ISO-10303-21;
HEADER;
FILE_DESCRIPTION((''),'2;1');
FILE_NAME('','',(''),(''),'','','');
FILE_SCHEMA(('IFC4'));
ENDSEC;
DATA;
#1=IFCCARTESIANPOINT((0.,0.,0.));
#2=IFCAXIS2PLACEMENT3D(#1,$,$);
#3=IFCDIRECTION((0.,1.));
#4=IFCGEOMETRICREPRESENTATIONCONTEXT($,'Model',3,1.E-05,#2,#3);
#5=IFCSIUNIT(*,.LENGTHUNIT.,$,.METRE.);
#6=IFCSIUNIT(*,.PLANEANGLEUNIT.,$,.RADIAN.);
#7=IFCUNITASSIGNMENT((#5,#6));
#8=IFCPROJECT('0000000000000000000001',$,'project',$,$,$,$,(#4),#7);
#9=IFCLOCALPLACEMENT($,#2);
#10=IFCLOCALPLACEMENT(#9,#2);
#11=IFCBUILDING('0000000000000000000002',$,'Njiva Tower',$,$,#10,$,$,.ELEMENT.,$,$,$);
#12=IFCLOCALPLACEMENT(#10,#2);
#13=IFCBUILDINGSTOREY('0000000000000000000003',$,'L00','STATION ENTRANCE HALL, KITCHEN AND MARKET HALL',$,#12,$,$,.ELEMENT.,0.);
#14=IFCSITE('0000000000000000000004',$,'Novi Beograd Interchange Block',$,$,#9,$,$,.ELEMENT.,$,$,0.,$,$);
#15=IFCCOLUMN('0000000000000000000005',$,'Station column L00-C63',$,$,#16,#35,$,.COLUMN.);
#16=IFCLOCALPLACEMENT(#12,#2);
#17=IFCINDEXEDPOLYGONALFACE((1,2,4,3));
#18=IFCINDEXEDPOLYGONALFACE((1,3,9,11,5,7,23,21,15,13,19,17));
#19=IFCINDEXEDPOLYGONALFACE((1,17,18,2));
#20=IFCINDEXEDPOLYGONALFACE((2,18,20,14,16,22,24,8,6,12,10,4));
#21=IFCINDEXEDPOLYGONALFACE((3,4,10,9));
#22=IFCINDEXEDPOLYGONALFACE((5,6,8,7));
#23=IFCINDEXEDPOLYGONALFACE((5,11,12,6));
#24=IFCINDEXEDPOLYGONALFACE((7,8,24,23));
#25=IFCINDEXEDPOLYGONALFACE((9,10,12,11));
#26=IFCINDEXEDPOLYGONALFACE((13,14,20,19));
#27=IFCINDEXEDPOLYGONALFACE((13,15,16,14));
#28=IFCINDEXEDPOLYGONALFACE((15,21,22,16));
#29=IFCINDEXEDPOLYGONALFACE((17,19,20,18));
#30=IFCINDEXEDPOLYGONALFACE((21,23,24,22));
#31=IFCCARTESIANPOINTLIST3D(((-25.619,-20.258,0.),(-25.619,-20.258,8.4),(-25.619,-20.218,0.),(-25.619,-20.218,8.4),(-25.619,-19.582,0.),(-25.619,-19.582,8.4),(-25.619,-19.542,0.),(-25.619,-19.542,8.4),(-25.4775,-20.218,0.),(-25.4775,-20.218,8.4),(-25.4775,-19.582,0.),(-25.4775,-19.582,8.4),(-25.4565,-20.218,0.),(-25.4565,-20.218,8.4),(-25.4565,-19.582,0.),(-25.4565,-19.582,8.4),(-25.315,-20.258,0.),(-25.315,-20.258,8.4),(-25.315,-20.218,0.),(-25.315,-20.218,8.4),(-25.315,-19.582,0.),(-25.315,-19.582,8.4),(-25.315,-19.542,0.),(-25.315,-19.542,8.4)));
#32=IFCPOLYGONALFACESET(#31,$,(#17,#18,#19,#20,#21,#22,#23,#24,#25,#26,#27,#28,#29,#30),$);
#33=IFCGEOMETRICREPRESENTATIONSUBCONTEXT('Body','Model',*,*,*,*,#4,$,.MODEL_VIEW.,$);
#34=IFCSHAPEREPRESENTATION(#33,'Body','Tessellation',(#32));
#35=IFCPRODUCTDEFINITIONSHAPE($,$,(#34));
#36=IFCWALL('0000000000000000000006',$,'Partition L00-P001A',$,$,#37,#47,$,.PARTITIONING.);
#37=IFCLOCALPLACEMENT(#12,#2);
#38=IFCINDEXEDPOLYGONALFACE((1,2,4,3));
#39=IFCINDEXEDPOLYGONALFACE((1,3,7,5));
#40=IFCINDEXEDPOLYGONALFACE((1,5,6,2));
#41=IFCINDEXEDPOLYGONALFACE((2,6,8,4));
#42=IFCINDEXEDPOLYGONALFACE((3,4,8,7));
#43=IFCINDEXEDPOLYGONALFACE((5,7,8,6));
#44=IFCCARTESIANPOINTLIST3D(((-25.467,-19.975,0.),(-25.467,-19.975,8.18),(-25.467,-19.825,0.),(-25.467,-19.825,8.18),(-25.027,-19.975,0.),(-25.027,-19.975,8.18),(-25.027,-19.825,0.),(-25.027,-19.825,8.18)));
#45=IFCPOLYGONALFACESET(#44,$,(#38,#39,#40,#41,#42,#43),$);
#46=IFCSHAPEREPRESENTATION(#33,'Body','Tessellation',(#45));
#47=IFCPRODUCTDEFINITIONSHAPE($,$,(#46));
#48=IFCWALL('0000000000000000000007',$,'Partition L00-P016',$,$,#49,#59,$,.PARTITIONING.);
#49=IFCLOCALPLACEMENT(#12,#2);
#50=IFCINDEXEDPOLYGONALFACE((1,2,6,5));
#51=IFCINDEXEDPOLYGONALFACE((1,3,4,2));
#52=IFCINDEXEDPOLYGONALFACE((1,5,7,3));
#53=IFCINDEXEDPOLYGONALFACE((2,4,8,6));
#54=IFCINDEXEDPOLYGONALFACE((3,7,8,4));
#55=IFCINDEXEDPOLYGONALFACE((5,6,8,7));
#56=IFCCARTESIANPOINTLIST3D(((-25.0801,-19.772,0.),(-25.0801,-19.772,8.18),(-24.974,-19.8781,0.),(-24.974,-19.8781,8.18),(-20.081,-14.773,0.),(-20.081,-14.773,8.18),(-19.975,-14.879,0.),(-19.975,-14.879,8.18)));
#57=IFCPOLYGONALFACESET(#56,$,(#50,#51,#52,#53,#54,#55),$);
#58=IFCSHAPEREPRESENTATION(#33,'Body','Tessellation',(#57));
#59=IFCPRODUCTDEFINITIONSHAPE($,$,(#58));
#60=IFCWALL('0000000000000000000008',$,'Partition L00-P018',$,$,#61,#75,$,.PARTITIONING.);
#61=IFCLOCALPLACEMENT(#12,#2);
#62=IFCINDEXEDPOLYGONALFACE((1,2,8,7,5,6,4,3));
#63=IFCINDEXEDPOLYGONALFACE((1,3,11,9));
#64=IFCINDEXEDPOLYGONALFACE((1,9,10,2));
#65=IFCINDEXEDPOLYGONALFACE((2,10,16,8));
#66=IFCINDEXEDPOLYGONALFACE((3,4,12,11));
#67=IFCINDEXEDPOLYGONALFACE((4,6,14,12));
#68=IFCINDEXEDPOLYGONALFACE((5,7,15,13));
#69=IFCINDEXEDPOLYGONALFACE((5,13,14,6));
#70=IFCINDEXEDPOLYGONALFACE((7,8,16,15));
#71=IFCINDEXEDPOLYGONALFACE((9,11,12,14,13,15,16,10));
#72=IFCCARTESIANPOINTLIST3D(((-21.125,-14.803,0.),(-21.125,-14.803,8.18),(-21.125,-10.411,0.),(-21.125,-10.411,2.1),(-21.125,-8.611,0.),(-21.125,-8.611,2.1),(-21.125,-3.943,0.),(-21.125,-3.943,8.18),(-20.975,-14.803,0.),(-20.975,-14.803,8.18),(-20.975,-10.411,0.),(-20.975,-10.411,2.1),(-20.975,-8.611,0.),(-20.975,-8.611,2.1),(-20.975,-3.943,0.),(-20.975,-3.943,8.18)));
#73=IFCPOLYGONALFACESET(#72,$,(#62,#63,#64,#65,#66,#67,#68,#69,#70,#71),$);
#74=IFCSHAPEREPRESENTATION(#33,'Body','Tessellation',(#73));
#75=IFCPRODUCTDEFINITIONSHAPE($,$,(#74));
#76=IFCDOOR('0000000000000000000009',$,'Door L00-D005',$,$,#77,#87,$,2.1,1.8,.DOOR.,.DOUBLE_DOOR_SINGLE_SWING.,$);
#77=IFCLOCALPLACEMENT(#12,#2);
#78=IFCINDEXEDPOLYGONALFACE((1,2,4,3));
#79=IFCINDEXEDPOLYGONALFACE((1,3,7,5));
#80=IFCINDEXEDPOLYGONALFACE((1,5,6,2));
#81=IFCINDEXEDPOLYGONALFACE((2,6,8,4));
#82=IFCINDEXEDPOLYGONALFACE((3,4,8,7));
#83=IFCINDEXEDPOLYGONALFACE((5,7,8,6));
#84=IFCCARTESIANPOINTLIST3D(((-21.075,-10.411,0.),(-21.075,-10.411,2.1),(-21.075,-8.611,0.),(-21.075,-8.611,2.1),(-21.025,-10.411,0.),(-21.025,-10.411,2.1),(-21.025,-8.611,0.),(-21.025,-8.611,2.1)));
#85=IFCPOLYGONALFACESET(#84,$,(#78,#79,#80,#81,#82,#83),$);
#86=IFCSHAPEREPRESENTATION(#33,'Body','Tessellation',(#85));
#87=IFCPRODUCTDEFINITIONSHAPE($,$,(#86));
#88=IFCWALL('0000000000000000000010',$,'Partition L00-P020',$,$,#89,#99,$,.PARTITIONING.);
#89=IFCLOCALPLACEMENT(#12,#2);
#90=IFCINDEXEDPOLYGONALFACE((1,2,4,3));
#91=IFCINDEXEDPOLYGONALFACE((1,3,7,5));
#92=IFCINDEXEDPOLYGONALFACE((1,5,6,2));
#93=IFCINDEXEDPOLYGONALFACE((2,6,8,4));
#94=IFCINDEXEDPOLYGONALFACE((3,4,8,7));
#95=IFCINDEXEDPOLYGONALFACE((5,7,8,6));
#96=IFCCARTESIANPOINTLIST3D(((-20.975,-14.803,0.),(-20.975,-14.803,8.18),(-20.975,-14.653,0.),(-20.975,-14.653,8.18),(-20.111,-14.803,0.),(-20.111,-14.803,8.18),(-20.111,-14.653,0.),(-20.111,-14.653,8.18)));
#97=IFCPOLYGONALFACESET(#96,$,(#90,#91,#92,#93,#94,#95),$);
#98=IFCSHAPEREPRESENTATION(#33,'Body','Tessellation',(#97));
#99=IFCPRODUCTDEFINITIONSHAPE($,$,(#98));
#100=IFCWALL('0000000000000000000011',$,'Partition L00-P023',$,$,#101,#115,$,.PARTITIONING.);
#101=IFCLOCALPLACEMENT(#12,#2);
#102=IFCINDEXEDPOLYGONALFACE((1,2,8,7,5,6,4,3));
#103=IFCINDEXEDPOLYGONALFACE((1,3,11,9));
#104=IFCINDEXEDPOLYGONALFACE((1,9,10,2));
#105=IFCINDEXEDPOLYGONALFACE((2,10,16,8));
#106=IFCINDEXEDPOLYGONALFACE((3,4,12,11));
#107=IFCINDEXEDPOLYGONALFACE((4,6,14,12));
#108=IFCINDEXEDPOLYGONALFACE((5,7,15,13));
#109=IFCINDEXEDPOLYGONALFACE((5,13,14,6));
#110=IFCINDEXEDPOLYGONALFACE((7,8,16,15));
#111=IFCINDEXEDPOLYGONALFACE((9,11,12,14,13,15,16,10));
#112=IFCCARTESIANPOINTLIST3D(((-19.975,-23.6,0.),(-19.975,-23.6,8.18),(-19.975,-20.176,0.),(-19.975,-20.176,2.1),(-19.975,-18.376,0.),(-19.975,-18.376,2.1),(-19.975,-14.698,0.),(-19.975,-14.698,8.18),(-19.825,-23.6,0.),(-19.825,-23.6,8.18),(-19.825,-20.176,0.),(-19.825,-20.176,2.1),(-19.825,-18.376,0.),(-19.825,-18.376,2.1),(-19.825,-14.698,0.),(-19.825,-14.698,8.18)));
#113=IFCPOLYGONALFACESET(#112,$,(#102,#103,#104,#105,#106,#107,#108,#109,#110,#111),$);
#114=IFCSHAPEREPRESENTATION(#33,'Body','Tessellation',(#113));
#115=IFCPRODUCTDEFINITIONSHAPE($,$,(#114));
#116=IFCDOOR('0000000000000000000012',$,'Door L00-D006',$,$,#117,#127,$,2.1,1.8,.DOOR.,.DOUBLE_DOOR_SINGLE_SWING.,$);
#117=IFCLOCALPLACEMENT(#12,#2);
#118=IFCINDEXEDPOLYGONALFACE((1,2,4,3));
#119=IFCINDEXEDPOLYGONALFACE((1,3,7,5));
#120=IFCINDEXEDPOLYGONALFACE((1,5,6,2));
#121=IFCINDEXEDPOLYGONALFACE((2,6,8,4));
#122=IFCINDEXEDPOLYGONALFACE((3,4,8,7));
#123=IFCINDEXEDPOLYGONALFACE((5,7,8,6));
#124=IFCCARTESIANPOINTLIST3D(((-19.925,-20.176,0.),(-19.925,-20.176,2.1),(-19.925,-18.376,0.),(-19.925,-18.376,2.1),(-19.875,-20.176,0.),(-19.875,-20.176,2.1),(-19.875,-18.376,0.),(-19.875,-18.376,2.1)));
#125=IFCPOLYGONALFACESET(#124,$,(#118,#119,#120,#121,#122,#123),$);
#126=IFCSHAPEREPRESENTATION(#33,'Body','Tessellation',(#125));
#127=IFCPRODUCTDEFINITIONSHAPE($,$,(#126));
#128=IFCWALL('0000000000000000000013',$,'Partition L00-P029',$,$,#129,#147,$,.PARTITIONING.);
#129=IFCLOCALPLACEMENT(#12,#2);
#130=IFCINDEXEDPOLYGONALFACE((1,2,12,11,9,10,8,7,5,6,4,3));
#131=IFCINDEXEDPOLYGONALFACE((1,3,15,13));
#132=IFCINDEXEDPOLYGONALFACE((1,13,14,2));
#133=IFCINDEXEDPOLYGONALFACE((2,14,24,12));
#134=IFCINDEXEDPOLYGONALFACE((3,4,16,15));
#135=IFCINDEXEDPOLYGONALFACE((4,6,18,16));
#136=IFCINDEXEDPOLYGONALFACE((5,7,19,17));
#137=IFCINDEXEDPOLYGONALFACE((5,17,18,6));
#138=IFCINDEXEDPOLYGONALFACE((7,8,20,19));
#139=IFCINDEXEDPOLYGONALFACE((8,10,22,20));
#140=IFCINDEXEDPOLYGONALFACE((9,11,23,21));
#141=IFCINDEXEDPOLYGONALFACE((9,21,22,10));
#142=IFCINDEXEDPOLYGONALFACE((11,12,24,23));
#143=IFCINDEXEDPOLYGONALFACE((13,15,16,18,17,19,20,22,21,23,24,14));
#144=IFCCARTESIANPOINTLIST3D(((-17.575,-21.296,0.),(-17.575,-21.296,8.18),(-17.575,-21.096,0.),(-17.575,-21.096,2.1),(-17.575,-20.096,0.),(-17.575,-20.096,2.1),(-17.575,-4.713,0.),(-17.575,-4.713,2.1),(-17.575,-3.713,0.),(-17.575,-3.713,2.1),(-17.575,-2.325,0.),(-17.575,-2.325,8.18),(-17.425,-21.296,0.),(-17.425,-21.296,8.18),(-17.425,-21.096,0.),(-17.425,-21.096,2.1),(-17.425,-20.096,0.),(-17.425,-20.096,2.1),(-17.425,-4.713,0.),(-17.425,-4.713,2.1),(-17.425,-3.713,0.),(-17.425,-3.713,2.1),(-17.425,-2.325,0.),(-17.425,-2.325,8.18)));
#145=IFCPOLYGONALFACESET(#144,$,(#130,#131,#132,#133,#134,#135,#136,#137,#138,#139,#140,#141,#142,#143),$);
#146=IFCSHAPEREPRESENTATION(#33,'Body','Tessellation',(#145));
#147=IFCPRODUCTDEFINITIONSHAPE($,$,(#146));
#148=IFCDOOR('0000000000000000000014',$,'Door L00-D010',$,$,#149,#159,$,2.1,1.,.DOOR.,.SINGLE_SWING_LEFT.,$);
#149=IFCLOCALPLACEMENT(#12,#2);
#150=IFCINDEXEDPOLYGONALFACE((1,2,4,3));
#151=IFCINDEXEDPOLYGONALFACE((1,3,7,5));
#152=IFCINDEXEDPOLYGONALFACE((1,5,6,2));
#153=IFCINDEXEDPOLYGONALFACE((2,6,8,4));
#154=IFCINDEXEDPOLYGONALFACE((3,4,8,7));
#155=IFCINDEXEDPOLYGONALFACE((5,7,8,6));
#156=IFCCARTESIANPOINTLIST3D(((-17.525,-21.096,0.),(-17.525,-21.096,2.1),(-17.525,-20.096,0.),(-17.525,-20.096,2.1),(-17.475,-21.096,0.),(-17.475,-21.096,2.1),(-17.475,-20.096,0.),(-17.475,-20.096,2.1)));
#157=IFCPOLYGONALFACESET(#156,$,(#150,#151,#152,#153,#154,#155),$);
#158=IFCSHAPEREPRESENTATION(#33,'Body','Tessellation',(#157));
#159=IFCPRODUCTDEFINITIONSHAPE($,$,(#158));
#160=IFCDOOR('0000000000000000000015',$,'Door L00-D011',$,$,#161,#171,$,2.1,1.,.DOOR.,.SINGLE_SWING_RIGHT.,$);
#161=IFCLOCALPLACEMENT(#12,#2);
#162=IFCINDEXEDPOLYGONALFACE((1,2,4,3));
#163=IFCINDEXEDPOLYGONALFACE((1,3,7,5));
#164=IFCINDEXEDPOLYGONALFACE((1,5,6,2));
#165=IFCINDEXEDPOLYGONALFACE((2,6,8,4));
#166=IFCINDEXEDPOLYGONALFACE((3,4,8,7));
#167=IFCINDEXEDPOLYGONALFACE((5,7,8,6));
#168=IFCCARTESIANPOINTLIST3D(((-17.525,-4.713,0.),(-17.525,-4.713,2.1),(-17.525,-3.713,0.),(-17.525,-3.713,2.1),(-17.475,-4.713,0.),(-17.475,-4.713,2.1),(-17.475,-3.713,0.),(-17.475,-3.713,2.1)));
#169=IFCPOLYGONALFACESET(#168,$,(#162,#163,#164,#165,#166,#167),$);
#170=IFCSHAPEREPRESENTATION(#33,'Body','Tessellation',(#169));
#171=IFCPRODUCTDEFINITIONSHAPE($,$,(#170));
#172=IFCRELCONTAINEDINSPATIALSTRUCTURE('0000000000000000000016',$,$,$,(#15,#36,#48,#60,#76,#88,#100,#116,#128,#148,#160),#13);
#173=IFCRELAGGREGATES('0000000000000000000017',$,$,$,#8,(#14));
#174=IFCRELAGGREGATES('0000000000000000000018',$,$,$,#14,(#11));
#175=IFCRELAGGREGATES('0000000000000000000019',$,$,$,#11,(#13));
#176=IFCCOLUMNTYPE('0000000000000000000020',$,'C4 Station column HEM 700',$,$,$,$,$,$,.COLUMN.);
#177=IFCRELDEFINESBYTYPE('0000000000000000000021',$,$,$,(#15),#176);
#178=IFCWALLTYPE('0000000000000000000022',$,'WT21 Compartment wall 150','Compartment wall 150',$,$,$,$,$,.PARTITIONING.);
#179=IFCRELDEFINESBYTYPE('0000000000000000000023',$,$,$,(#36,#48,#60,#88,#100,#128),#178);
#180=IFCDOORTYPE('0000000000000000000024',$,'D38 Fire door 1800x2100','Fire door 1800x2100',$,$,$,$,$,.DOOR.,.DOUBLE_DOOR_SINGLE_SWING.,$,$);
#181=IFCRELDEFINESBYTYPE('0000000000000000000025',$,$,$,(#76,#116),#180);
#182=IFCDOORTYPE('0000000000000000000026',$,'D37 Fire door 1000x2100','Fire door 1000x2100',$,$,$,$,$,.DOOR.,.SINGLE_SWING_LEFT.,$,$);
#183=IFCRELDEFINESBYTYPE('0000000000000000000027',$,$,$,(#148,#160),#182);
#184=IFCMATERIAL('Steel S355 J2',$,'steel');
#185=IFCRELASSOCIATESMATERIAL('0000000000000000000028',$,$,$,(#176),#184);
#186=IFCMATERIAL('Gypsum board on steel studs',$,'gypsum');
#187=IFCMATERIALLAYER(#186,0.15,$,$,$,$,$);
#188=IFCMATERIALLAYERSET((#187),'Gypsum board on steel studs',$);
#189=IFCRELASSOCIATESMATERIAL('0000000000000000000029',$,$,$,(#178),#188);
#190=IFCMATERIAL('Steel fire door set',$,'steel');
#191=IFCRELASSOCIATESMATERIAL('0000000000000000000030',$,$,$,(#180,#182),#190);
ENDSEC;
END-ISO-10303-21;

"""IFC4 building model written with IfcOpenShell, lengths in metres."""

from ifc_helpers import new_model, si_unit, direction, frame, frame_2d, origin, origin_2d, place, context, subcontext, project, spatial, rectangle, i_section, extrude, material, layer, layer_set, material_profile, profile_set, type_object, element, fill, save


model = new_model("IFC4")

# Units and contexts
model_context = context("Model", 3, precision=1e-05, world=origin(), true_north=direction((0.0, 1.0)))
body_context = subcontext(model_context, "Body", "Model", "MODEL_VIEW")
ifc_project = project(units=[si_unit("LENGTHUNIT", "METRE"), si_unit("PLANEANGLEUNIT", "RADIAN")], contexts=[model_context])

# Site, building, storey
site_placement = place(None, origin())
site = spatial("IfcSite", under=ifc_project, at=site_placement, Name="Novi Beograd Interchange Block", CompositionType="ELEMENT", RefElevation=0.0)
building_placement = place(site_placement, origin())
building = spatial("IfcBuilding", under=site, at=building_placement, Name="Njiva Tower", CompositionType="ELEMENT")
storey_placement = place(building_placement, origin())
storey = spatial("IfcBuildingStorey", under=building, at=storey_placement, Name="L00", Description="STATION ENTRANCE HALL, KITCHEN AND MARKET HALL", CompositionType="ELEMENT", Elevation=0.0)

# Column
ifc_material_1 = material(Name="Steel S355 J2", Category="steel")
ifc_material_profile = material_profile(ifc_material_1, i_section(OverallWidth=0.304, OverallDepth=0.716, WebThickness=0.021, FlangeThickness=0.04, at=origin_2d()), Name="HEM 700")
ifc_profile_set = profile_set([ifc_material_profile], Name="Steel S355 J2")
column_type = type_object("IfcColumnType", Name="C4 Station column HEM 700", PredefinedType="COLUMN", material=ifc_profile_set)
column_placement = place(storey_placement, frame((-25.467, -19.9, 0.0), z_axis=(0.0, 0.0, 1.0), x_axis=(1.0, 0.0, 0.0)))
element("IfcColumn", 1, at=column_placement, inside=storey, type_object=column_type, Name="Station column L00-C63", PredefinedType="COLUMN", context=body_context, shape_type="SweptSolid", body=[
    extrude(i_section(OverallWidth=0.304, OverallDepth=0.716, WebThickness=0.021, FlangeThickness=0.04, at=origin_2d()), origin(), (0.0, 0.0, 1.0), 8.4),
])

# Walls
ifc_material_2 = material(Name="Gypsum board on steel studs", Category="gypsum")
ifc_layer_1 = layer(ifc_material_2, 0.15)
ifc_layer_set_1 = layer_set([ifc_layer_1], Name="Gypsum board on steel studs")
wall_type_1 = type_object("IfcWallType", Name="WT21 Compartment wall 150", Description="Compartment wall 150", PredefinedType="PARTITIONING", material=ifc_layer_set_1)
wall_1_placement = place(storey_placement, frame((-25.467, -19.9, 0.0), z_axis=(0.0, 0.0, 1.0), x_axis=(1.0, 0.0, 0.0)))
element("IfcWall", 2, at=wall_1_placement, inside=storey, type_object=wall_type_1, Name="Partition L00-P001A", PredefinedType="PARTITIONING", context=body_context, shape_type="SweptSolid", body=[
    extrude(rectangle(XDim=0.44, YDim=0.15, at=frame_2d((0.22, 0.0))), origin(), (0.0, 0.0, 1.0), 8.18),
])
wall_2_placement = place(storey_placement, frame((-25.027, -19.825, 0.0), z_axis=(0.0, 0.0, 1.0), x_axis=(0.707107, 0.707107, 0.0)))
element("IfcWall", 3, at=wall_2_placement, inside=storey, type_object=wall_type_1, Name="Partition L00-P016", PredefinedType="PARTITIONING", context=body_context, shape_type="SweptSolid", body=[
    extrude(rectangle(XDim=7.0697, YDim=0.15, at=frame_2d((3.5348, 0.0))), origin(), (0.0, 0.0, 1.0), 8.18),
])

# Wall, opening, door
wall_3_placement = place(storey_placement, frame((-21.05, -14.803, 0.0), z_axis=(0.0, 0.0, 1.0), x_axis=(0.0, 1.0, 0.0)))
wall_3 = element("IfcWall", 4, at=wall_3_placement, inside=storey, type_object=wall_type_1, Name="Partition L00-P018", PredefinedType="PARTITIONING", context=body_context, shape_type="SweptSolid", body=[
    extrude(rectangle(XDim=10.86, YDim=0.15, at=frame_2d((5.43, 0.0))), origin(), (0.0, 0.0, 1.0), 8.18),
])
opening_1_placement = place(wall_3_placement, frame((4.392, 0.0, 0.0)))
opening_1 = element("IfcOpeningElement", 5, at=opening_1_placement, cuts=wall_3, PredefinedType="OPENING", context=body_context, shape_type="SweptSolid", body=[
    extrude(rectangle(XDim=1.8, YDim=2.1, at=frame_2d((0.9, 1.05))), frame((0.0, 0.085, 0.0), z_axis=(0.0, -1.0, 0.0), x_axis=(1.0, 0.0, 0.0)), (0.0, 0.0, 1.0), 0.17),
])
ifc_material_3 = material(Name="Steel fire door set", Category="steel")
door_type_1 = type_object("IfcDoorType", Name="D38 Fire door 1800x2100", Description="Fire door 1800x2100", OperationType="DOUBLE_DOOR_SINGLE_SWING", PredefinedType="DOOR", material=ifc_material_3)
door_1_placement = place(opening_1_placement, origin())
door_1 = element("IfcDoor", 6, at=door_1_placement, inside=storey, type_object=door_type_1, Name="Door L00-D005", OperationType="DOUBLE_DOOR_SINGLE_SWING", OverallHeight=2.1, OverallWidth=1.8, PredefinedType="DOOR", context=body_context, shape_type="SweptSolid", body=[
    extrude(rectangle(XDim=1.8, YDim=2.1, at=frame_2d((0.9, 1.05))), frame((0.0, 0.025, 0.0), z_axis=(0.0, -1.0, 0.0), x_axis=(1.0, 0.0, 0.0)), (0.0, 0.0, 1.0), 0.05),
])
fill(opening_1, door_1)

# Wall
wall_4_placement = place(storey_placement, frame((-20.975, -14.728, 0.0), z_axis=(0.0, 0.0, 1.0), x_axis=(1.0, 0.0, 0.0)))
element("IfcWall", 7, at=wall_4_placement, inside=storey, type_object=wall_type_1, Name="Partition L00-P020", PredefinedType="PARTITIONING", context=body_context, shape_type="SweptSolid", body=[
    extrude(rectangle(XDim=0.864, YDim=0.15, at=frame_2d((0.432, 0.0))), origin(), (0.0, 0.0, 1.0), 8.18),
])

# Wall, opening, door
wall_5_placement = place(storey_placement, frame((-19.9, -23.6, 0.0), z_axis=(0.0, 0.0, 1.0), x_axis=(0.0, 1.0, 0.0)))
wall_5 = element("IfcWall", 8, at=wall_5_placement, inside=storey, type_object=wall_type_1, Name="Partition L00-P023", PredefinedType="PARTITIONING", context=body_context, shape_type="SweptSolid", body=[
    extrude(rectangle(XDim=8.902, YDim=0.15, at=frame_2d((4.451, 0.0))), origin(), (0.0, 0.0, 1.0), 8.18),
])
opening_2_placement = place(wall_5_placement, frame((3.424, 0.0, 0.0)))
opening_2 = element("IfcOpeningElement", 9, at=opening_2_placement, cuts=wall_5, PredefinedType="OPENING", context=body_context, shape_type="SweptSolid", body=[
    extrude(rectangle(XDim=1.8, YDim=2.1, at=frame_2d((0.9, 1.05))), frame((0.0, 0.085, 0.0), z_axis=(0.0, -1.0, 0.0), x_axis=(1.0, 0.0, 0.0)), (0.0, 0.0, 1.0), 0.17),
])
door_2_placement = place(opening_2_placement, origin())
door_2 = element("IfcDoor", 10, at=door_2_placement, inside=storey, type_object=door_type_1, Name="Door L00-D006", OperationType="DOUBLE_DOOR_SINGLE_SWING", OverallHeight=2.1, OverallWidth=1.8, PredefinedType="DOOR", context=body_context, shape_type="SweptSolid", body=[
    extrude(rectangle(XDim=1.8, YDim=2.1, at=frame_2d((0.9, 1.05))), frame((0.0, 0.025, 0.0), z_axis=(0.0, -1.0, 0.0), x_axis=(1.0, 0.0, 0.0)), (0.0, 0.0, 1.0), 0.05),
])
fill(opening_2, door_2)

# Wall, openings, doors
wall_6_placement = place(storey_placement, frame((-17.5, -21.296, 0.0), z_axis=(0.0, 0.0, 1.0), x_axis=(0.0, 1.0, 0.0)))
wall_6 = element("IfcWall", 11, at=wall_6_placement, inside=storey, type_object=wall_type_1, Name="Partition L00-P029", PredefinedType="PARTITIONING", context=body_context, shape_type="SweptSolid", body=[
    extrude(rectangle(XDim=18.971, YDim=0.15, at=frame_2d((9.4855, 0.0))), origin(), (0.0, 0.0, 1.0), 8.18),
])
opening_3_placement = place(wall_6_placement, frame((0.2, 0.0, 0.0)))
opening_3 = element("IfcOpeningElement", 12, at=opening_3_placement, cuts=wall_6, PredefinedType="OPENING", context=body_context, shape_type="SweptSolid", body=[
    extrude(rectangle(XDim=1.0, YDim=2.1, at=frame_2d((0.5, 1.05))), frame((0.0, 0.085, 0.0), z_axis=(0.0, -1.0, 0.0), x_axis=(1.0, 0.0, 0.0)), (0.0, 0.0, 1.0), 0.17),
])
opening_4_placement = place(wall_6_placement, frame((16.583, 0.0, 0.0)))
opening_4 = element("IfcOpeningElement", 13, at=opening_4_placement, cuts=wall_6, PredefinedType="OPENING", context=body_context, shape_type="SweptSolid", body=[
    extrude(rectangle(XDim=1.0, YDim=2.1, at=frame_2d((0.5, 1.05))), frame((0.0, 0.085, 0.0), z_axis=(0.0, -1.0, 0.0), x_axis=(1.0, 0.0, 0.0)), (0.0, 0.0, 1.0), 0.17),
])
door_type_2 = type_object("IfcDoorType", Name="D37 Fire door 1000x2100", Description="Fire door 1000x2100", OperationType="SINGLE_SWING_LEFT", PredefinedType="DOOR", material=ifc_material_3)
door_3_placement = place(opening_3_placement, origin())
door_3 = element("IfcDoor", 14, at=door_3_placement, inside=storey, type_object=door_type_2, Name="Door L00-D010", OperationType="SINGLE_SWING_LEFT", OverallHeight=2.1, OverallWidth=1.0, PredefinedType="DOOR", context=body_context, shape_type="SweptSolid", body=[
    extrude(rectangle(XDim=1.0, YDim=2.1, at=frame_2d((0.5, 1.05))), frame((0.0, 0.025, 0.0), z_axis=(0.0, -1.0, 0.0), x_axis=(1.0, 0.0, 0.0)), (0.0, 0.0, 1.0), 0.05),
])
fill(opening_3, door_3)
door_4_placement = place(opening_4_placement, origin())
door_4 = element("IfcDoor", 15, at=door_4_placement, inside=storey, type_object=door_type_2, Name="Door L00-D011", OperationType="SINGLE_SWING_RIGHT", OverallHeight=2.1, OverallWidth=1.0, PredefinedType="DOOR", context=body_context, shape_type="SweptSolid", body=[
    extrude(rectangle(XDim=1.0, YDim=2.1, at=frame_2d((0.5, 1.05))), frame((0.0, 0.025, 0.0), z_axis=(0.0, -1.0, 0.0), x_axis=(1.0, 0.0, 0.0)), (0.0, 0.0, 1.0), 0.05),
])
fill(opening_4, door_4)

save(model, "model.ifc")
